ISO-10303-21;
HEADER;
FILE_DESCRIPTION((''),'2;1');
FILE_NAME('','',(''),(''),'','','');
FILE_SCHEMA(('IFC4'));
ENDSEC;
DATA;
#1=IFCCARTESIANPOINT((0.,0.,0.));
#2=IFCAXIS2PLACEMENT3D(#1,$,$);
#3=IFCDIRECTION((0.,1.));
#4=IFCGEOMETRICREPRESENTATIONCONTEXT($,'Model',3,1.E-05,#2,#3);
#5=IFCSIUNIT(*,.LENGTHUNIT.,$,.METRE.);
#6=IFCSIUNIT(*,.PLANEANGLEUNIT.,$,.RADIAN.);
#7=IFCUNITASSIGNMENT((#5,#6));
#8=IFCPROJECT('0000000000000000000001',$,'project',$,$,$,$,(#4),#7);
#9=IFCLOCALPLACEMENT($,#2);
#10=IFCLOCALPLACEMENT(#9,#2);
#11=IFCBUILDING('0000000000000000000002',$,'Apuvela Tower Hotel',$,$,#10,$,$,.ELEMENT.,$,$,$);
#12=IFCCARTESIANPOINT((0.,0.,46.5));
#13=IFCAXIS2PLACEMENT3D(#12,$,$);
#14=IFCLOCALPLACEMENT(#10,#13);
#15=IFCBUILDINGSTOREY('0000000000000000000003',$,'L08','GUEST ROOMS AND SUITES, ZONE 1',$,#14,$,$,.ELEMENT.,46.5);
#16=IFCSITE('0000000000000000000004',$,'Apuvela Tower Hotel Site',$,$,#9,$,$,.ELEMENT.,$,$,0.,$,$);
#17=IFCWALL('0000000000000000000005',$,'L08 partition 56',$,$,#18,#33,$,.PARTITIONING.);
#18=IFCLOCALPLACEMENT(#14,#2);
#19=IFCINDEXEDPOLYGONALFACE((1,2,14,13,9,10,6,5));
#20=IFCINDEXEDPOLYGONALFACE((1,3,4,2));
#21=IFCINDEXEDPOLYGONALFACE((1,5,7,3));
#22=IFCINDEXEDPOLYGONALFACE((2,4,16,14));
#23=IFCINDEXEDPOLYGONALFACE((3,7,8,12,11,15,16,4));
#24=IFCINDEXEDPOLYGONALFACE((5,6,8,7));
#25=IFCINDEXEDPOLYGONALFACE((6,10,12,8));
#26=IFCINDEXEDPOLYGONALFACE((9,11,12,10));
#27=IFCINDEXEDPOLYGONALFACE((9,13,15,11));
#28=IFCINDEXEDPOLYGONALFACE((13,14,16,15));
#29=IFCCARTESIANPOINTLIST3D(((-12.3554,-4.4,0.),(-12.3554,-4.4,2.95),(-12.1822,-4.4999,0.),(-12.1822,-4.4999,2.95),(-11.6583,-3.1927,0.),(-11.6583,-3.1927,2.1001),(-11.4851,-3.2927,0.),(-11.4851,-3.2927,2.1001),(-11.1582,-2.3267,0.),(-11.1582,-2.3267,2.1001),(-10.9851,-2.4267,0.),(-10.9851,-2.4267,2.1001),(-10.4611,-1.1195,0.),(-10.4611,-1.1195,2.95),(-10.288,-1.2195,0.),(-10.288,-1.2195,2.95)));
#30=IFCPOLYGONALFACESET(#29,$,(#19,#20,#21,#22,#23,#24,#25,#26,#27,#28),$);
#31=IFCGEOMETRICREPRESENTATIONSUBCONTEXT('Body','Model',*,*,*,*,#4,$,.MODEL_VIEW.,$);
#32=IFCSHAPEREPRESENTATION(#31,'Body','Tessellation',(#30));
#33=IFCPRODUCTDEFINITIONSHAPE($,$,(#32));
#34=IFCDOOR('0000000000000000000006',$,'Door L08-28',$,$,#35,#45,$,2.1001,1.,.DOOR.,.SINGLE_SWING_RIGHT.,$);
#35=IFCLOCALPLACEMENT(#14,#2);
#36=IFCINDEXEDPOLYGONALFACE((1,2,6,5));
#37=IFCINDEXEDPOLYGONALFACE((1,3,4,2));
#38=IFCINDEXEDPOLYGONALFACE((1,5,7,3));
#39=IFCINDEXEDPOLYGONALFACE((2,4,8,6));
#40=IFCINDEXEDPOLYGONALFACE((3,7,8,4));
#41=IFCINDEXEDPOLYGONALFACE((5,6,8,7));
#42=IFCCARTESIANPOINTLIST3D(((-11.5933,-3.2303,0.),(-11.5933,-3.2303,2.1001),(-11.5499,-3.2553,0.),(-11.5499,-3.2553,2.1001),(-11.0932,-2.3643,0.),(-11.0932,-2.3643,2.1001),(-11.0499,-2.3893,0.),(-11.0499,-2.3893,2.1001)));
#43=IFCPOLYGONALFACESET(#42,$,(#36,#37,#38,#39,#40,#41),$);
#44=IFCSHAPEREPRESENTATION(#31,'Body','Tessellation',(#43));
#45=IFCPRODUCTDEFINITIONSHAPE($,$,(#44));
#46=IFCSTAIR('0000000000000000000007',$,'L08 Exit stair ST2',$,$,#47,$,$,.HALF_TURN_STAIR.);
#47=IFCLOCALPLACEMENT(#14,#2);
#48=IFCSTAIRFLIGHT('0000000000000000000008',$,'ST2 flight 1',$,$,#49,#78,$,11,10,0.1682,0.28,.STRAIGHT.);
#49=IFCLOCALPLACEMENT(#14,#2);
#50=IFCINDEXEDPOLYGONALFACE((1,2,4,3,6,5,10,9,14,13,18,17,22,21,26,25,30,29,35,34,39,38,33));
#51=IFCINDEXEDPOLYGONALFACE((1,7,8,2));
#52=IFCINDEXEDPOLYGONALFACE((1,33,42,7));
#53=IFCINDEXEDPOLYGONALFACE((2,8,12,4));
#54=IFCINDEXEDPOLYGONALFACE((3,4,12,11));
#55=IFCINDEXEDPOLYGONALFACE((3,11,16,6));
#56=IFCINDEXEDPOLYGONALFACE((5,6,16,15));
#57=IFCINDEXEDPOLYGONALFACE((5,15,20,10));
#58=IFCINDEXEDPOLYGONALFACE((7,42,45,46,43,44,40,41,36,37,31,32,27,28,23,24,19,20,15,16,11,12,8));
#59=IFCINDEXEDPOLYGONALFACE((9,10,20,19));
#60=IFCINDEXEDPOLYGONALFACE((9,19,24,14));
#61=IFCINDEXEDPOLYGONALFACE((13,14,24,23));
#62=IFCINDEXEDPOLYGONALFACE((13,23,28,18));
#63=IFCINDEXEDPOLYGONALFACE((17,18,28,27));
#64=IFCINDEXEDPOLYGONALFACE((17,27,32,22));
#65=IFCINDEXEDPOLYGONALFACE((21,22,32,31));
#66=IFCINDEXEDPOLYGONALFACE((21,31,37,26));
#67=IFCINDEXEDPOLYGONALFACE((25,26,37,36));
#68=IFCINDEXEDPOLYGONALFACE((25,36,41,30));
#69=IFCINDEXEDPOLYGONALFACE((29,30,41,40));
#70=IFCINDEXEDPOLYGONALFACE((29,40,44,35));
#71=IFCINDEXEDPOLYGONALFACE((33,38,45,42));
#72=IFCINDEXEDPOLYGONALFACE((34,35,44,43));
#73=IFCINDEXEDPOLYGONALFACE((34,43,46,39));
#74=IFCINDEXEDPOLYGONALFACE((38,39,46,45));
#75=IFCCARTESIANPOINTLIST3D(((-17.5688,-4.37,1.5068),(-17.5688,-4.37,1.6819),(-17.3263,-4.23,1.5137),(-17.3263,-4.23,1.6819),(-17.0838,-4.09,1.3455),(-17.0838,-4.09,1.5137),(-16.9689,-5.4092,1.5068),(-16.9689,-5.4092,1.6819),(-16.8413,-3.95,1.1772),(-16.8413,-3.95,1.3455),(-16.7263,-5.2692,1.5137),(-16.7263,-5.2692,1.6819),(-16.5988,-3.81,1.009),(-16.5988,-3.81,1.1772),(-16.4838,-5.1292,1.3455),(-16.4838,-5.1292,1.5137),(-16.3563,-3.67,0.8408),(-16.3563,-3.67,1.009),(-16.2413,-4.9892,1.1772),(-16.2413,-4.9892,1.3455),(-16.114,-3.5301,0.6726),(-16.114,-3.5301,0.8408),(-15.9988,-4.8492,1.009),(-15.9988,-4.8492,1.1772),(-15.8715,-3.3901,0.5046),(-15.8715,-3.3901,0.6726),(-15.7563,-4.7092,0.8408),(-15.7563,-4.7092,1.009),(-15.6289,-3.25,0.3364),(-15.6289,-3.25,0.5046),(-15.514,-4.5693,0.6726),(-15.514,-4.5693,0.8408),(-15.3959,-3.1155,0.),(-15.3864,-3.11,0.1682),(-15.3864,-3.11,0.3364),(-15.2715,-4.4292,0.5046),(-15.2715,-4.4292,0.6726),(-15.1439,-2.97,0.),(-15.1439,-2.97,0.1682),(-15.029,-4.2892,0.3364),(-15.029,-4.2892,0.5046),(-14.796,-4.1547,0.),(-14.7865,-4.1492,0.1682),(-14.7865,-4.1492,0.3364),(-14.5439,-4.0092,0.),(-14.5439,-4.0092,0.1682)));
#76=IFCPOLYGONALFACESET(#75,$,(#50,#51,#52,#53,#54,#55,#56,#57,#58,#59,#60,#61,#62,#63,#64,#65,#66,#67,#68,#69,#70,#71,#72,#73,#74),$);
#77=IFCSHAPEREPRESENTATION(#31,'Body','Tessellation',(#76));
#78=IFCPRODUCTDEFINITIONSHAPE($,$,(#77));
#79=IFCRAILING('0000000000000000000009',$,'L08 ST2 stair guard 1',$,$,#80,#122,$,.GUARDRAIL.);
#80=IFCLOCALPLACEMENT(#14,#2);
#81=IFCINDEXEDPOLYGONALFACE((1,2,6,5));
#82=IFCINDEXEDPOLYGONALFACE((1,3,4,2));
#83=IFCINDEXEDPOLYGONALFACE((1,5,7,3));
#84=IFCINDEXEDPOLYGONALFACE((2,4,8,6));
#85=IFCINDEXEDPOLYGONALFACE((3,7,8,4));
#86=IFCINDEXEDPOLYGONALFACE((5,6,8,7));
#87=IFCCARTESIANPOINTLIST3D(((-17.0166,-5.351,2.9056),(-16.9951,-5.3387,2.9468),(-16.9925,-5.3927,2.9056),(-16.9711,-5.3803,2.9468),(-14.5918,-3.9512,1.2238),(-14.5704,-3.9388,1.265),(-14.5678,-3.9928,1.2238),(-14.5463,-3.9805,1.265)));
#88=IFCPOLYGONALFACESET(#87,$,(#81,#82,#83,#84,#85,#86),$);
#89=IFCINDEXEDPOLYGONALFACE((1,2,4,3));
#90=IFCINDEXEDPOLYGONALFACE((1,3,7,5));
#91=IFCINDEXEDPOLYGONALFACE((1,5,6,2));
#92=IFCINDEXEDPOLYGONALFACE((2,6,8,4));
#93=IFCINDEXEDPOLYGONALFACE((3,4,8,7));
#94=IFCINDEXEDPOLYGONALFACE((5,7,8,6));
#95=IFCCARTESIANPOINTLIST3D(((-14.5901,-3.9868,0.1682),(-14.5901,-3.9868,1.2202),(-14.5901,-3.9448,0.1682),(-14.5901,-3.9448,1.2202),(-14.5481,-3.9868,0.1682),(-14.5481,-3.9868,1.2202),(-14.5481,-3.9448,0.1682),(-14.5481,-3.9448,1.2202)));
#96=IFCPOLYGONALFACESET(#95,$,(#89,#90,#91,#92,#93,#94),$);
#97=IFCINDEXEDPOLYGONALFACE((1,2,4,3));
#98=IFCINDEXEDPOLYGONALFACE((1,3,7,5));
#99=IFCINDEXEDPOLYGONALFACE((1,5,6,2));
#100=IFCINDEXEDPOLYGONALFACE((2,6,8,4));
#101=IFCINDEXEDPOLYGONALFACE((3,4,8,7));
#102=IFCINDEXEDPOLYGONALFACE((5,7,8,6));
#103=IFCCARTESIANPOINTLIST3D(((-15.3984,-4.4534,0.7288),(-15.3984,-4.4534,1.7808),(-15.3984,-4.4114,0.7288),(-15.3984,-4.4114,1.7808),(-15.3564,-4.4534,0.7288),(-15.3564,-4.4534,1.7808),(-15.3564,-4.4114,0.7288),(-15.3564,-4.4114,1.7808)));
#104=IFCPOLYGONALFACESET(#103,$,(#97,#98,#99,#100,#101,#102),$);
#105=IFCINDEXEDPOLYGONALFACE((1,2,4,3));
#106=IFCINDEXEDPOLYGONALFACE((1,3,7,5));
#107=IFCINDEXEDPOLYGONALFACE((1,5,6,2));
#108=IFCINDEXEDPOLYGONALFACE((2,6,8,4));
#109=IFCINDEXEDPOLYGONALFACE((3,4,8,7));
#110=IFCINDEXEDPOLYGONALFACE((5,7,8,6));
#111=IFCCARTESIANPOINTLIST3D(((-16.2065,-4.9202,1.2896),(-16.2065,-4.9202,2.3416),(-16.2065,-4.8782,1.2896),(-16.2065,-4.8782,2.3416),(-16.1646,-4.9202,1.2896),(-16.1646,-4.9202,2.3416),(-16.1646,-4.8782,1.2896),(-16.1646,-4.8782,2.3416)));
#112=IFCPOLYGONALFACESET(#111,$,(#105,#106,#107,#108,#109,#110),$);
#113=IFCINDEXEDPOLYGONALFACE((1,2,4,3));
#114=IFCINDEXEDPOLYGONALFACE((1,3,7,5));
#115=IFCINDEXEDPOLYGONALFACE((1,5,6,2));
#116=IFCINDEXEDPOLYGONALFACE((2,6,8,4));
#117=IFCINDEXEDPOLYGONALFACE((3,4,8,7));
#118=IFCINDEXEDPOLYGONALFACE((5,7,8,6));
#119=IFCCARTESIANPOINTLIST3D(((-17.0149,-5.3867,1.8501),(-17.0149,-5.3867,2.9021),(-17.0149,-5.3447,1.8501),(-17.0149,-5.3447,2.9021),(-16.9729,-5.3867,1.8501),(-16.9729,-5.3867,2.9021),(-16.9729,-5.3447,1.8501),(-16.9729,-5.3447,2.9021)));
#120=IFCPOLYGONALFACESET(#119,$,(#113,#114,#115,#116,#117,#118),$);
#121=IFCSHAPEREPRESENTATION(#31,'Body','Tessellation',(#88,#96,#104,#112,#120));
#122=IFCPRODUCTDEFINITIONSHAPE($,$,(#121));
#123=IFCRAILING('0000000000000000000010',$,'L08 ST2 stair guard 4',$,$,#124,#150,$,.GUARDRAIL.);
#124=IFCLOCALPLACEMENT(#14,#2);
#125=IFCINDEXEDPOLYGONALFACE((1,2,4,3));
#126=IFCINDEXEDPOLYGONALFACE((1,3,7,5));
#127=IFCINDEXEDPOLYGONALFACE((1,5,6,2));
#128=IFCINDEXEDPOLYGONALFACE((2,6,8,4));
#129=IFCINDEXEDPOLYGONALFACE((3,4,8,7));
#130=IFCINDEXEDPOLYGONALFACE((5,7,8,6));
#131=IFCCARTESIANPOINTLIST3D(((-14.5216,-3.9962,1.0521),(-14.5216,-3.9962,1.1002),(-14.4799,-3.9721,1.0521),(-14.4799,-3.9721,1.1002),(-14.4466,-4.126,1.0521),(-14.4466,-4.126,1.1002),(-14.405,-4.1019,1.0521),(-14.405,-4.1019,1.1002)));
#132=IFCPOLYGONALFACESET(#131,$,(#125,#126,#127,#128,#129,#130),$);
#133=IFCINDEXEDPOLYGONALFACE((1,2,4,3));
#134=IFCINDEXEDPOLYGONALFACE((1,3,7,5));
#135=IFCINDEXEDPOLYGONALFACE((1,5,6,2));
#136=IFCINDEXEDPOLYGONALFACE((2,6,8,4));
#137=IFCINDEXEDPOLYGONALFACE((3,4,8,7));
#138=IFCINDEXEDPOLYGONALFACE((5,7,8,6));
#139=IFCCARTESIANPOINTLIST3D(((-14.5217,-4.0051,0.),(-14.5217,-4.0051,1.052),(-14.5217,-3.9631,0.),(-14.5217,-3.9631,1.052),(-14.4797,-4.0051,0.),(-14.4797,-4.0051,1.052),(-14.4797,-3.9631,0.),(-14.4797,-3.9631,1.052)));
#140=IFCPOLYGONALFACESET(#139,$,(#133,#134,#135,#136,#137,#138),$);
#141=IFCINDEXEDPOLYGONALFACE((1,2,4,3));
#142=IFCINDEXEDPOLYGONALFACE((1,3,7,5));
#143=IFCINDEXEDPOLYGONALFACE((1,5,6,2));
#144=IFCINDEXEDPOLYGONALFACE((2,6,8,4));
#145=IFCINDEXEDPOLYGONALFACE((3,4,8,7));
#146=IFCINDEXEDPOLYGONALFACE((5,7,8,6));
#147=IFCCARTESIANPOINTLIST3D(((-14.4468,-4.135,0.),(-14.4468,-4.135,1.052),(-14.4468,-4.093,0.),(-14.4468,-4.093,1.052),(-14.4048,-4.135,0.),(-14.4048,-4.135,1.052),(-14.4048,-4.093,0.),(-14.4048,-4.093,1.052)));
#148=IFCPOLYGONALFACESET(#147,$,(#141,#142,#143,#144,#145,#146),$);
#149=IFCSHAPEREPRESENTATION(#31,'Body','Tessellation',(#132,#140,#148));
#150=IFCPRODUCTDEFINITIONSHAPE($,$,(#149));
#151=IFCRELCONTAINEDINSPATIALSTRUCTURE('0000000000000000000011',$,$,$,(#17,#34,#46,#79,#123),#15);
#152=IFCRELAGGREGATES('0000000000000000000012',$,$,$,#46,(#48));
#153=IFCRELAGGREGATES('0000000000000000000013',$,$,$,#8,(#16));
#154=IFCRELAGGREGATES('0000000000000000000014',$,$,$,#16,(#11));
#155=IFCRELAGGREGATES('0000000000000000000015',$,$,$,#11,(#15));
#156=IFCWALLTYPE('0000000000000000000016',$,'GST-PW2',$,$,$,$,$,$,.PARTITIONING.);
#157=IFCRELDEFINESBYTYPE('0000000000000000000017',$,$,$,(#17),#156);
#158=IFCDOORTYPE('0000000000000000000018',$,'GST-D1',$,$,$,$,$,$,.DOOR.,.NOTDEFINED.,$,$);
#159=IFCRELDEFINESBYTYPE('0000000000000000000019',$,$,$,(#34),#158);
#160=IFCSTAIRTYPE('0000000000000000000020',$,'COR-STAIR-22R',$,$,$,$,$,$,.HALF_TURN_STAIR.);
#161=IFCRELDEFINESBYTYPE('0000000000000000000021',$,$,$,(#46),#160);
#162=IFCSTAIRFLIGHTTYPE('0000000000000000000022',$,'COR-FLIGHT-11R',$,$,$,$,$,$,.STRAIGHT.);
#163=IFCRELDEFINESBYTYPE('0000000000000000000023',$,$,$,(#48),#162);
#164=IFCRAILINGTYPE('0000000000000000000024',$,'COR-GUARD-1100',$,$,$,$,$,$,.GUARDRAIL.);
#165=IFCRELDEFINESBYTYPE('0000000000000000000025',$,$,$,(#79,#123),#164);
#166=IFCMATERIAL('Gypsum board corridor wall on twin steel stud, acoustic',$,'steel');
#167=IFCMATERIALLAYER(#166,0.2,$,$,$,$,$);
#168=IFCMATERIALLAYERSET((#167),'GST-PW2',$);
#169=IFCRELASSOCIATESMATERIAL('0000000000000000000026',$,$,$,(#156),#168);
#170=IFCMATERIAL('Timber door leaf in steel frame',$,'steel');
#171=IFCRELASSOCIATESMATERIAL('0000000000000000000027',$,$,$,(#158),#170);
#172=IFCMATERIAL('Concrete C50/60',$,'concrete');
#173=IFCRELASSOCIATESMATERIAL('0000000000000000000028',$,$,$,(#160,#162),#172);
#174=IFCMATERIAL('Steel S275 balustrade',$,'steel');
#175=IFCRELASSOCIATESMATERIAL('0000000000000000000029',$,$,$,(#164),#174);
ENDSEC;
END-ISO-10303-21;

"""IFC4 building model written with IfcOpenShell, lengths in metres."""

from ifc_helpers import new_model, si_unit, direction, frame, frame_2d, origin, origin_2d, place, context, subcontext, project, spatial, polyline, rectangle, outline, extrude, material, layer, layer_set, type_object, element, fill, aggregate, save


model = new_model("IFC4")

# Units and contexts
model_context = context("Model", 3, precision=1e-05, world=origin(), true_north=direction((0.0, 1.0)))
body_context = subcontext(model_context, "Body", "Model", "MODEL_VIEW")
ifc_project = project(units=[si_unit("LENGTHUNIT", "METRE"), si_unit("PLANEANGLEUNIT", "RADIAN")], contexts=[model_context])

# Site, building, storey
site_placement = place(None, origin())
site = spatial("IfcSite", under=ifc_project, at=site_placement, Name="Apuvela Tower Hotel Site", CompositionType="ELEMENT", RefElevation=0.0)
building_placement = place(site_placement, origin())
building = spatial("IfcBuilding", under=site, at=building_placement, Name="Apuvela Tower Hotel", CompositionType="ELEMENT")
storey_placement = place(building_placement, frame((0.0, 0.0, 46.5)))
storey = spatial("IfcBuildingStorey", under=building, at=storey_placement, Name="L08", Description="GUEST ROOMS AND SUITES, ZONE 1", CompositionType="ELEMENT", Elevation=46.5)

# Shared definitions
ifc_material_1 = material(Name="Concrete C50/60", Category="concrete")

# Wall, opening, door
ifc_material_2 = material(Name="Gypsum board corridor wall on twin steel stud, acoustic", Category="steel")
ifc_layer_1 = layer(ifc_material_2, 0.2)
ifc_layer_set_1 = layer_set([ifc_layer_1], Name="GST-PW2")
wall_type_1 = type_object("IfcWallType", Name="GST-PW2", PredefinedType="PARTITIONING", material=ifc_layer_set_1)
wall_1_placement = place(storey_placement, frame((-12.2688, -4.45, 0.0), z_axis=(0.0, 0.0, 1.0), x_axis=(0.500055, 0.865993, 0.0)))
wall_1 = element("IfcWall", 1, at=wall_1_placement, inside=storey, type_object=wall_type_1, Name="L08 partition 56", PredefinedType="PARTITIONING", context=body_context, shape_type="SweptSolid", body=[
    extrude(rectangle(XDim=3.7881, YDim=0.2, at=frame_2d((1.894, 0.0))), origin(), (0.0, 0.0, 1.0), 2.95),
])
opening_1_placement = place(wall_1_placement, frame((1.394, 0.0, 0.0)))
opening_1 = element("IfcOpeningElement", 2, at=opening_1_placement, cuts=wall_1, PredefinedType="OPENING", context=body_context, shape_type="SweptSolid", body=[
    extrude(rectangle(XDim=1.0, YDim=2.1001, at=frame_2d((0.5, 1.05))), frame((0.0, 0.1099, 0.0), z_axis=(0.0, -1.0, 0.0), x_axis=(1.0, 0.0, 0.0)), (0.0, 0.0, 1.0), 0.22),
])
ifc_material_3 = material(Name="Timber door leaf in steel frame", Category="steel")
door_type_1 = type_object("IfcDoorType", Name="GST-D1", OperationType="NOTDEFINED", PredefinedType="DOOR", material=ifc_material_3)
door_1_placement = place(opening_1_placement, origin())
door_1 = element("IfcDoor", 3, at=door_1_placement, inside=storey, type_object=door_type_1, Name="Door L08-28", OperationType="SINGLE_SWING_RIGHT", OverallHeight=2.1001, OverallWidth=1.0, PredefinedType="DOOR", context=body_context, shape_type="SweptSolid", body=[
    extrude(rectangle(XDim=1.0, YDim=2.1001, at=frame_2d((0.5, 1.05))), frame((0.0, 0.0249, 0.0), z_axis=(0.0, -1.0, 0.0), x_axis=(1.0, 0.0, 0.0)), (0.0, 0.0, 1.0), 0.05),
])
fill(opening_1, door_1)

# Stair, stair flight
stair_type = type_object("IfcStairType", Name="COR-STAIR-22R", PredefinedType="HALF_TURN_STAIR", material=ifc_material_1)
stair_placement = place(storey_placement, origin())
stair = element("IfcStair", 4, at=stair_placement, inside=storey, type_object=stair_type, Name="L08 Exit stair ST2", PredefinedType="HALF_TURN_STAIR")
stair_flight_type = type_object("IfcStairFlightType", Name="COR-FLIGHT-11R", PredefinedType="STRAIGHT", material=ifc_material_1)
stair_flight_placement = place(storey_placement, frame((-14.844, -3.4895, 0.0), z_axis=(0.0, 0.0, 1.0), x_axis=(-0.866025, -0.5, 0.0)))
stair_flight = element("IfcStairFlight", 5, at=stair_flight_placement, type_object=stair_flight_type, Name="ST2 flight 1", NumberOfRisers=11, NumberOfTreads=10, PredefinedType="STRAIGHT", RiserHeight=0.1682, TreadLength=0.28, context=body_context, shape_type="SweptSolid", body=[
    extrude(outline(polyline([(0.0, 0.0), (0.0, 0.1682), (0.28, 0.1682), (0.28, 0.3364), (0.5601, 0.3364), (0.5601, 0.5046), (0.8401, 0.5046), (0.8401, 0.6726), (1.1201, 0.6726), (1.1201, 0.8408), (1.3999, 0.8408), (1.3999, 1.009), (1.6799, 1.009), (1.6799, 1.1772), (1.96, 1.1772), (1.96, 1.3455), (2.24, 1.3455), (2.24, 1.5137), (2.52, 1.5137), (2.52, 1.6819), (2.8, 1.6819), (2.8, 1.8501), (2.8, 1.5068), (0.291, 0.0), (0.0, 0.0)])), frame((0.0, 0.6001, 0.0), z_axis=(0.0, -1.0, 0.0), x_axis=(1.0, 0.0, 0.0)), (0.0, 0.0, 1.0), 1.2),
])
aggregate(stair, [stair_flight])

# Railings
ifc_material_4 = material(Name="Steel S275 balustrade", Category="steel")
railing_type_1 = type_object("IfcRailingType", Name="COR-GUARD-1100", PredefinedType="GUARDRAIL", material=ifc_material_4)
railing_1_placement = place(storey_placement, frame((-14.5691, -3.9658, 0.1682)))
element("IfcRailing", 6, at=railing_1_placement, inside=storey, type_object=railing_type_1, Name="L08 ST2 stair guard 1", PredefinedType="GUARDRAIL", context=body_context, shape_type="SweptSolid", body=[
    extrude(rectangle(XDim=0.0481, YDim=0.0481, at=origin_2d()), frame((0.0, 0.0, 1.0762), z_axis=(-0.74239, -0.428601, 0.514934), x_axis=(0.499984, -0.866035, 0.0)), (0.0, 0.0, 1.0), 3.2661),
    extrude(rectangle(XDim=0.042, YDim=0.042, at=origin_2d()), origin(), (0.0, 0.0, 1.0), 1.052),
    extrude(rectangle(XDim=0.042, YDim=0.042, at=origin_2d()), frame((-0.8083, -0.4666, 0.5605)), (0.0, 0.0, 1.0), 1.052),
    extrude(rectangle(XDim=0.042, YDim=0.042, at=origin_2d()), frame((-1.6165, -0.9333, 1.1213)), (0.0, 0.0, 1.0), 1.052),
    extrude(rectangle(XDim=0.042, YDim=0.042, at=origin_2d()), frame((-2.4248, -1.3999, 1.6819)), (0.0, 0.0, 1.0), 1.052),
])
railing_2_placement = place(storey_placement, frame((-14.5007, -3.9841, 0.0)))
element("IfcRailing", 7, at=railing_2_placement, inside=storey, type_object=railing_type_1, Name="L08 ST2 stair guard 4", PredefinedType="GUARDRAIL", context=body_context, shape_type="SweptSolid", body=[
    extrude(rectangle(XDim=0.0481, YDim=0.0481, at=origin_2d()), frame((0.0, 0.0, 1.0762), z_axis=(0.499816, -0.866131, 0.0), x_axis=(0.866131, 0.499816, 0.0)), (0.0, 0.0, 1.0), 0.1499),
    extrude(rectangle(XDim=0.042, YDim=0.042, at=origin_2d()), origin(), (0.0, 0.0, 1.0), 1.052),
    extrude(rectangle(XDim=0.042, YDim=0.042, at=origin_2d()), frame((0.075, -0.1299, 0.0)), (0.0, 0.0, 1.0), 1.052),
])

save(model, "model.ifc")
